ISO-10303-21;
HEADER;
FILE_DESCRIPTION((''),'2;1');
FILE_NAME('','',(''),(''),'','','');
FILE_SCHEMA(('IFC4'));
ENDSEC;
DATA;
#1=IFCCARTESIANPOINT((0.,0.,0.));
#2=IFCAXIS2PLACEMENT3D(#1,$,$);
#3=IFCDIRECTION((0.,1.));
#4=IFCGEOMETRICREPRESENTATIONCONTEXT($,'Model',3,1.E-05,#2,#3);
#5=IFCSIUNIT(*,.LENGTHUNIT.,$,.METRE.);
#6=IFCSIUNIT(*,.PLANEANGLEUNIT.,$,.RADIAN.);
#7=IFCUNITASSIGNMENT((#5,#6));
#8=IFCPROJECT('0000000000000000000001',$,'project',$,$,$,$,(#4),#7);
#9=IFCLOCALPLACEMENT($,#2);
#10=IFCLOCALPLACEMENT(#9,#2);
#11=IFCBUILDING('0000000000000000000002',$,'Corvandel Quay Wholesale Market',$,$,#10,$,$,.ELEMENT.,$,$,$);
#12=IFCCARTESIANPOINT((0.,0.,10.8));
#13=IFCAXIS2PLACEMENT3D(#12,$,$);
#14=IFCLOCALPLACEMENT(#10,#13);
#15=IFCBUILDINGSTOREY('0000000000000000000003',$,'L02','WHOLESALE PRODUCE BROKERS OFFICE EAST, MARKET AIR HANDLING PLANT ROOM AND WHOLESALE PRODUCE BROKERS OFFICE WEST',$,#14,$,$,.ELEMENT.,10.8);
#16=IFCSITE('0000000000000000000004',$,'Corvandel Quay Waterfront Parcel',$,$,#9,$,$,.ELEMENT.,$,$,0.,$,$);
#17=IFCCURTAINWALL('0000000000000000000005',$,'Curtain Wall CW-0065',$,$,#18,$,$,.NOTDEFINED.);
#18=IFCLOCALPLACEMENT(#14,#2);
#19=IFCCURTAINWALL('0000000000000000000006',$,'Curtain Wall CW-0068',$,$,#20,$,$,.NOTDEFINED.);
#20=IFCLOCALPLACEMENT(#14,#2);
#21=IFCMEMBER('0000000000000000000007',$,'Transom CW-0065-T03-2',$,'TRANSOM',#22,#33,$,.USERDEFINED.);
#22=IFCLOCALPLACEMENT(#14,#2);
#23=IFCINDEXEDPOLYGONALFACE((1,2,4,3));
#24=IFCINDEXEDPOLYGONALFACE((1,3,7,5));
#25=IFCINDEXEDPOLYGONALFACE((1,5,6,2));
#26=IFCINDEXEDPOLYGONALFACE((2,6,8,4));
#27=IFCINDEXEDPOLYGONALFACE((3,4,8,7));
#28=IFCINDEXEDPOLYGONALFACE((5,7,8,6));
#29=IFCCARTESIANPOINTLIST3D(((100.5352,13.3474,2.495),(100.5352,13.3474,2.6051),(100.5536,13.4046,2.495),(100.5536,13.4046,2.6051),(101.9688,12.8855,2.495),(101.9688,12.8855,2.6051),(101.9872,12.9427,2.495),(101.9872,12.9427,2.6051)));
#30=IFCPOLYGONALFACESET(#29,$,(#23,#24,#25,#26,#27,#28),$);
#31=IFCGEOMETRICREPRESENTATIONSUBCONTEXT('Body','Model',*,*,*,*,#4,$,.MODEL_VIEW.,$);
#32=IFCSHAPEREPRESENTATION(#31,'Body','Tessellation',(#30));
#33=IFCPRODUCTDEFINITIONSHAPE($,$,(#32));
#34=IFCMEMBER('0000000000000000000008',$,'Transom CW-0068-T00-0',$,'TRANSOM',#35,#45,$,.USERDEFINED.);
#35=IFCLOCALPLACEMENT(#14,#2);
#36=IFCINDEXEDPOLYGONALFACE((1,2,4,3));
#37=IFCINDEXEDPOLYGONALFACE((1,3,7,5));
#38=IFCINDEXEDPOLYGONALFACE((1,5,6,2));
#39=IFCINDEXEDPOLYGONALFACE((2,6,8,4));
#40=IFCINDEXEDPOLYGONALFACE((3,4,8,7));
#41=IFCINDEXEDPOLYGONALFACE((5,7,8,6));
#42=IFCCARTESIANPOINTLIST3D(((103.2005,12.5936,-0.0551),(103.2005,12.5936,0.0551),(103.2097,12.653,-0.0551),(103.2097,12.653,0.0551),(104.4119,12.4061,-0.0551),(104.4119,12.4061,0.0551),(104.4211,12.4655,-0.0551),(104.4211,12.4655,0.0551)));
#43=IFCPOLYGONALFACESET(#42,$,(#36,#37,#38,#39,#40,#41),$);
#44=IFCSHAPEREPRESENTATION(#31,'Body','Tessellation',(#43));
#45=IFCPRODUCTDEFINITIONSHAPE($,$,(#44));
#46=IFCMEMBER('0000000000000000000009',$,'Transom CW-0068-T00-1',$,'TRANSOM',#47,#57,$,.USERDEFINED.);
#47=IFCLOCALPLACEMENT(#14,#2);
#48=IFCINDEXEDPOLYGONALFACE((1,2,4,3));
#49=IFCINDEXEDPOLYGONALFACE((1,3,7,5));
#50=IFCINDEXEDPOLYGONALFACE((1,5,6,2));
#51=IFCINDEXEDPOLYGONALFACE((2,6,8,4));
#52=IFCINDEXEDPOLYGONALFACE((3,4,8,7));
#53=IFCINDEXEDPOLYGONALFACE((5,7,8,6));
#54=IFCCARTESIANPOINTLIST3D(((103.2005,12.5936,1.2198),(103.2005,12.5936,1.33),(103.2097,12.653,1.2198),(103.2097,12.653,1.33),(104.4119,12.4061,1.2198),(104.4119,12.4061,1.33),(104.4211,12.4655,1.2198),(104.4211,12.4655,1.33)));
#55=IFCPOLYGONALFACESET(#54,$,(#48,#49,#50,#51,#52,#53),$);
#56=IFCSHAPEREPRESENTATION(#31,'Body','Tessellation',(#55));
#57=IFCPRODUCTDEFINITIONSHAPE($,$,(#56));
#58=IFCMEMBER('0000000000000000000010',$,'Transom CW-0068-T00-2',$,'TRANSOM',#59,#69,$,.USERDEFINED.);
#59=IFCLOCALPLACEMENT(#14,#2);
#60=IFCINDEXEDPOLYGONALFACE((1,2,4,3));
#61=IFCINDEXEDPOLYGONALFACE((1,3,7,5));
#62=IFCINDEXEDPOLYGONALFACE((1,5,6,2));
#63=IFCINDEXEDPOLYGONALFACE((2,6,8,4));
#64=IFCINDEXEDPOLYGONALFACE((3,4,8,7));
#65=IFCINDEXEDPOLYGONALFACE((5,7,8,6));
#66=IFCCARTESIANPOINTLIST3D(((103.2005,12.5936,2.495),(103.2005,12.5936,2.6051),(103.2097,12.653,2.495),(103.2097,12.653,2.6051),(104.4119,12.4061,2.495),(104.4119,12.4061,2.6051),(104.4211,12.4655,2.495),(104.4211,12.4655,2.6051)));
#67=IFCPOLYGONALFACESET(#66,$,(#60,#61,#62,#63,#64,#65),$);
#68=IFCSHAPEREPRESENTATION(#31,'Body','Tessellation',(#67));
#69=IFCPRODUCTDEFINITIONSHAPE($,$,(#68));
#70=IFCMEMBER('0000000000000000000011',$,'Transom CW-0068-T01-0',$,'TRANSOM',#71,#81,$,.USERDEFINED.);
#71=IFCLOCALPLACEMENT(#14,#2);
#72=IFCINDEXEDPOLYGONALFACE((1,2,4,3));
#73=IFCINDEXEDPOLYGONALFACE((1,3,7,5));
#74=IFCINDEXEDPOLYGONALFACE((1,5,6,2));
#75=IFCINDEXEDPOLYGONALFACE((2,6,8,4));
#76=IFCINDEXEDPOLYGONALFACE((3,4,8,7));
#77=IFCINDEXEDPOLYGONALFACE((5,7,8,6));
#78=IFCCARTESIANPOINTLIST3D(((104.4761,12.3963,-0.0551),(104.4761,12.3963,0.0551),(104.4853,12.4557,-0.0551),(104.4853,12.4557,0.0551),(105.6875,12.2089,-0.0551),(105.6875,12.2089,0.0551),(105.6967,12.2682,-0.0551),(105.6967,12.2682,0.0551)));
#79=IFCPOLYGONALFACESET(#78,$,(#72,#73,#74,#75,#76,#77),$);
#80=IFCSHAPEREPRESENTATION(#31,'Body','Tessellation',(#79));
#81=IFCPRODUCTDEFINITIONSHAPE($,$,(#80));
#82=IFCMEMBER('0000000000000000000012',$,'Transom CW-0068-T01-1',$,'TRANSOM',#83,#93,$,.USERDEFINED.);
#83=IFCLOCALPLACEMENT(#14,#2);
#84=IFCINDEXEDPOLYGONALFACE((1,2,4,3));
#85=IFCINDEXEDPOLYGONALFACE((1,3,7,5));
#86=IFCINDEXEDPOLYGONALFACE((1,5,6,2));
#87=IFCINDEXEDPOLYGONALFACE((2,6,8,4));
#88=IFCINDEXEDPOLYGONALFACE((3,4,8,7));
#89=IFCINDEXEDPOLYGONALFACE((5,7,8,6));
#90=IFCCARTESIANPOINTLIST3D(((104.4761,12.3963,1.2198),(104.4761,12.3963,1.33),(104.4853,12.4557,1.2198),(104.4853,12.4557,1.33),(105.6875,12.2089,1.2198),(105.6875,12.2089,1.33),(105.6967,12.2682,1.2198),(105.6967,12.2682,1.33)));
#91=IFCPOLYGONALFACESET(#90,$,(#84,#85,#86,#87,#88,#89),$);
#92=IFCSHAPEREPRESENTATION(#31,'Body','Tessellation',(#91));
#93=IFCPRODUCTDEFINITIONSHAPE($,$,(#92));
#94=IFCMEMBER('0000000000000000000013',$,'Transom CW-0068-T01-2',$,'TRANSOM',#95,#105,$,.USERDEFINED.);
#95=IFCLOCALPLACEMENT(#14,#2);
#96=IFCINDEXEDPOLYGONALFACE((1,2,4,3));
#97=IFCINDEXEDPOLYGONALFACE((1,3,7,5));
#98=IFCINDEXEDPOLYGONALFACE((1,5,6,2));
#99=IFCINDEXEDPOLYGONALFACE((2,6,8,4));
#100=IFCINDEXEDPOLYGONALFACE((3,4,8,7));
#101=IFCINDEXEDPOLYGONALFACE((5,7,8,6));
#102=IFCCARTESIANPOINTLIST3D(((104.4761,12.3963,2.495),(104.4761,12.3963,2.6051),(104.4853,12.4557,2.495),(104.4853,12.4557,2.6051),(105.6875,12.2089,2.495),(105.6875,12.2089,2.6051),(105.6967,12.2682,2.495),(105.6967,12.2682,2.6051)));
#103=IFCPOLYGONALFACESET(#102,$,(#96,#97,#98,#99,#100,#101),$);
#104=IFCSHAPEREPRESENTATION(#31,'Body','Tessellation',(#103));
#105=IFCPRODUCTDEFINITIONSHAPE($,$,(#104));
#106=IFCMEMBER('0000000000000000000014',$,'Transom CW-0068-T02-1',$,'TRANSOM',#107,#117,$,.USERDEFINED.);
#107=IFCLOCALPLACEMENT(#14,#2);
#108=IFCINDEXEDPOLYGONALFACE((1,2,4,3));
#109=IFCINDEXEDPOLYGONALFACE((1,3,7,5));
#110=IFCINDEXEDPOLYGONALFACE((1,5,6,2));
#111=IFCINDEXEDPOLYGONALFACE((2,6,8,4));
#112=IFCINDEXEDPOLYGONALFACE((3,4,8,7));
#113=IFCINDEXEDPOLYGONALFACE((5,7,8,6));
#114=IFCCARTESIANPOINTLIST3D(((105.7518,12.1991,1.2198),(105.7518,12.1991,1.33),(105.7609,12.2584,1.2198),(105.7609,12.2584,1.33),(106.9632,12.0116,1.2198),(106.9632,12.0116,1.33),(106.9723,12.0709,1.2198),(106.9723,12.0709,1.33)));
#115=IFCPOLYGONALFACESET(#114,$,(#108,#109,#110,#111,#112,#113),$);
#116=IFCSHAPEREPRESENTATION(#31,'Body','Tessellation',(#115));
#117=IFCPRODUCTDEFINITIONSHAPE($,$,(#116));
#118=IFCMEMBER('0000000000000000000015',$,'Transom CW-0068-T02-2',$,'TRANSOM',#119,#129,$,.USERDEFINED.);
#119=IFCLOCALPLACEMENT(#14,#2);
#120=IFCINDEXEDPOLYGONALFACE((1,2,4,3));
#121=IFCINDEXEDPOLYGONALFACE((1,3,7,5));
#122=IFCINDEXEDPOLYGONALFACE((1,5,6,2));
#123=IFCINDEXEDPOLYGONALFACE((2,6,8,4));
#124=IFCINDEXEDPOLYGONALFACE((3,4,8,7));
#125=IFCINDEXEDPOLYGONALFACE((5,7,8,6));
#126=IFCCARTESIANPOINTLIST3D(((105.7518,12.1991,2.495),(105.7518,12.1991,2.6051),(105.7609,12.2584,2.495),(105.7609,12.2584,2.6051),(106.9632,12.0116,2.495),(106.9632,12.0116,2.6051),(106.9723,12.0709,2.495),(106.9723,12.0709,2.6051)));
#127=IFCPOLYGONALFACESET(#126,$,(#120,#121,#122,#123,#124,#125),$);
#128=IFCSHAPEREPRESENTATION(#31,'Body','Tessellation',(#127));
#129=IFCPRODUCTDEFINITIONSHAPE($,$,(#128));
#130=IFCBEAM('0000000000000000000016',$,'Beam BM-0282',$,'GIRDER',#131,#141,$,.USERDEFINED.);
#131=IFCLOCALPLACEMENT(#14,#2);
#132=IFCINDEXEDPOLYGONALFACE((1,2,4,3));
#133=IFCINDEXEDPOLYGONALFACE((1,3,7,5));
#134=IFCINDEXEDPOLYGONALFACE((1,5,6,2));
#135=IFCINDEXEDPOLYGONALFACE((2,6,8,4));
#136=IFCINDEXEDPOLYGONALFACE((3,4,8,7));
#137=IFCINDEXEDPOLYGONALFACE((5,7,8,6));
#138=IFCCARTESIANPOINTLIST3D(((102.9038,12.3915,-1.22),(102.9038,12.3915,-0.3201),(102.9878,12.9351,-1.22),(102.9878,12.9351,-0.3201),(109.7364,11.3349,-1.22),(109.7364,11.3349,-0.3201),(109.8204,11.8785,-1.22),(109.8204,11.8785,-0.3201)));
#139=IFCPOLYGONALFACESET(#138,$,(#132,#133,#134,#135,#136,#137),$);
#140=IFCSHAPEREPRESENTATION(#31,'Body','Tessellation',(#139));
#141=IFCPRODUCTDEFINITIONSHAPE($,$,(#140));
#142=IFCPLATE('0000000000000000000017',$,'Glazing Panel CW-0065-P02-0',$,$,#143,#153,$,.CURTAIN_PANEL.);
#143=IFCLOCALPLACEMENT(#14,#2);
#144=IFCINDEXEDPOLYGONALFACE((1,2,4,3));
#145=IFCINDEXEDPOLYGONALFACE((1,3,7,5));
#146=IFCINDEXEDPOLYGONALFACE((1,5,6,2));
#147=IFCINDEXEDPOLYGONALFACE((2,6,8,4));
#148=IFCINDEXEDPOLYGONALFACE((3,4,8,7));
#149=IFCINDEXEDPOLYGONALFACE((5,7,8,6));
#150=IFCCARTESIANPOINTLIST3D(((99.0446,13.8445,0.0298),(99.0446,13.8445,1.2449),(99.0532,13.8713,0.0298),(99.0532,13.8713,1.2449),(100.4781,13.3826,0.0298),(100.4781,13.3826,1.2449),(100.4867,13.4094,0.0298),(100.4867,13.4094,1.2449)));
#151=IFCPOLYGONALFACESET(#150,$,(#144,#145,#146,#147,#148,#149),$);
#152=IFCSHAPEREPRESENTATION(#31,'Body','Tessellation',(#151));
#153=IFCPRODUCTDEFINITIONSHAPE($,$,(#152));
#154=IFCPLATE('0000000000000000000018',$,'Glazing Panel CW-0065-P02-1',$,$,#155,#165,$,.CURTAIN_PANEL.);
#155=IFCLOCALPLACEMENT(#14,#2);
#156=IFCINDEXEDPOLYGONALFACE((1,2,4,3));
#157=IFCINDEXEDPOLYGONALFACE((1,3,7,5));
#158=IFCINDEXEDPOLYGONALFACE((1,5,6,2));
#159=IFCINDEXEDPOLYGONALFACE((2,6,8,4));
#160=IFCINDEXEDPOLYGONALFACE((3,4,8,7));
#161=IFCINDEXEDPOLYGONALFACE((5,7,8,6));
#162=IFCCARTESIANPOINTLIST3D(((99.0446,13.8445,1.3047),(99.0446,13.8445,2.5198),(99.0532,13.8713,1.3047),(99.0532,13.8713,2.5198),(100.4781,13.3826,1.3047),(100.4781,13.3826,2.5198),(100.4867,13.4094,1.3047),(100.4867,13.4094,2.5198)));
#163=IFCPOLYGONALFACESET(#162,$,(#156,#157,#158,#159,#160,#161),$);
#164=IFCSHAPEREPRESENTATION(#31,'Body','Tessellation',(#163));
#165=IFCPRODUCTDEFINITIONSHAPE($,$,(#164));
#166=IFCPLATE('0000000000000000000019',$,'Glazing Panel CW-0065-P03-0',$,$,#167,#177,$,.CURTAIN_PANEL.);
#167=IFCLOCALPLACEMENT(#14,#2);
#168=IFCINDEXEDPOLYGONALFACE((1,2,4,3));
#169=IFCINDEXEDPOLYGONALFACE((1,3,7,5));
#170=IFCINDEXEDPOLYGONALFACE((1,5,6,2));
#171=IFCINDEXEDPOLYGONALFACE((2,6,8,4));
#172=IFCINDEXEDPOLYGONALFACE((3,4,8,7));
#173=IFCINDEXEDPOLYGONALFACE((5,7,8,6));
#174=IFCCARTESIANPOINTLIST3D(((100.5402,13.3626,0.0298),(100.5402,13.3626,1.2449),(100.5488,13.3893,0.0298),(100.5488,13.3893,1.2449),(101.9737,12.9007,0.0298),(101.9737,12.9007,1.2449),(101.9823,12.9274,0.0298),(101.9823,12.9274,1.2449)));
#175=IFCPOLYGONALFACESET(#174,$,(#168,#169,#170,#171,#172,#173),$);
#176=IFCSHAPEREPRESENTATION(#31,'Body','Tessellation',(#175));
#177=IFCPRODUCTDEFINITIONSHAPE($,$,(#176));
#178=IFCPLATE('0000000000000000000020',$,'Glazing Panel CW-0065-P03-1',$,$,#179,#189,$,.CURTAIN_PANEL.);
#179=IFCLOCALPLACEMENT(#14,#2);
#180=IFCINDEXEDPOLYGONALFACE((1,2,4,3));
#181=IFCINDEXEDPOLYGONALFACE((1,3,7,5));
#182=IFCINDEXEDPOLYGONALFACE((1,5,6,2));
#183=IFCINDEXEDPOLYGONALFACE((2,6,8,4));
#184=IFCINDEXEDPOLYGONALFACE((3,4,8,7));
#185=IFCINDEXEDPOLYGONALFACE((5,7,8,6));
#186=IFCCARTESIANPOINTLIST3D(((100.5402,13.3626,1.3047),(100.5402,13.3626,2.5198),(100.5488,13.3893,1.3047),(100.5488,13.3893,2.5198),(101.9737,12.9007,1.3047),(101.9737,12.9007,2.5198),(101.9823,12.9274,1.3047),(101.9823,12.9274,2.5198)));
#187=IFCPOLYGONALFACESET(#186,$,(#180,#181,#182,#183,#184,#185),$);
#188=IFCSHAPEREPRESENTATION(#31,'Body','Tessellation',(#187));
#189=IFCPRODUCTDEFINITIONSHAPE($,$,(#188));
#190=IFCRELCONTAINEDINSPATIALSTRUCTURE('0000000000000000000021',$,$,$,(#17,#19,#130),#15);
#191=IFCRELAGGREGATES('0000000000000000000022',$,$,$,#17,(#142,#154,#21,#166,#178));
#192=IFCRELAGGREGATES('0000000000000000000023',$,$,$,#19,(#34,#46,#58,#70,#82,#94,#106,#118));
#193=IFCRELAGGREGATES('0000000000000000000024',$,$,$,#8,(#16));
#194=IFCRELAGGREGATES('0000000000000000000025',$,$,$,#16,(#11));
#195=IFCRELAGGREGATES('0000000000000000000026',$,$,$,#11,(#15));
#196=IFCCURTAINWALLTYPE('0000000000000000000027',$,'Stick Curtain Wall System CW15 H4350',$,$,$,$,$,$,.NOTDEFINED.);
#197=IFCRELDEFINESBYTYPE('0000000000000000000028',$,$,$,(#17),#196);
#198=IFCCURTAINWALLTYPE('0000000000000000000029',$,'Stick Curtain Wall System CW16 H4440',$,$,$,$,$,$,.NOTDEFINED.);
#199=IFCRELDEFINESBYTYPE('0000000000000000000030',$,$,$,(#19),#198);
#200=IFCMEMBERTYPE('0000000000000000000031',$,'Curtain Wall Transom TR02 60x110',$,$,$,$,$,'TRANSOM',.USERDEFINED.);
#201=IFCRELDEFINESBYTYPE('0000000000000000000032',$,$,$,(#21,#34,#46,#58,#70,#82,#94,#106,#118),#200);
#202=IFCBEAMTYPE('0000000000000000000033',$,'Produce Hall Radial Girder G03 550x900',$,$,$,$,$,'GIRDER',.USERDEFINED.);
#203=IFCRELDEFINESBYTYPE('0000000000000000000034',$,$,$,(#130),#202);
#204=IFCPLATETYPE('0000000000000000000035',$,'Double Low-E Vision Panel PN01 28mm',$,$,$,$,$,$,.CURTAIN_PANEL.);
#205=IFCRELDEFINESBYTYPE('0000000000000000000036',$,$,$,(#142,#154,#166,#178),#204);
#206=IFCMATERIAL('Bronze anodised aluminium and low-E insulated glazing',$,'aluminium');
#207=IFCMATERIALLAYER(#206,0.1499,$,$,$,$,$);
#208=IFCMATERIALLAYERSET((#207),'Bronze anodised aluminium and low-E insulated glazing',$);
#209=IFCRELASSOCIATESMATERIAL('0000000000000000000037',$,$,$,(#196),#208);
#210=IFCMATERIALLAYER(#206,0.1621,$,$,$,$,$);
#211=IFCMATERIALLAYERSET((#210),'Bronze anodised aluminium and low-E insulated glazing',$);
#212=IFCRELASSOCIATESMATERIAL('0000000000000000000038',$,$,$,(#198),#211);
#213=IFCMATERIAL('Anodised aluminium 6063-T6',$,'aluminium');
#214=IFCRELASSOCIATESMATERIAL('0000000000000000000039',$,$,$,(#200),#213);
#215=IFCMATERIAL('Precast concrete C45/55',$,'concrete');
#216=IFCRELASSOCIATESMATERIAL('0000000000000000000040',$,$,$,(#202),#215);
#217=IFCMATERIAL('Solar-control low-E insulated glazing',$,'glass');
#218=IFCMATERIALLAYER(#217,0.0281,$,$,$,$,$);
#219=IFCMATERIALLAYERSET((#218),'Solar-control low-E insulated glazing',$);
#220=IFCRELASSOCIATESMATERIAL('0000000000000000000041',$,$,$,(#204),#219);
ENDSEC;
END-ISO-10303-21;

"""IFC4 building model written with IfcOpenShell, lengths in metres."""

from ifc_helpers import new_model, si_unit, direction, frame, origin, origin_2d, place, context, subcontext, project, spatial, rectangle, extrude, material, layer, layer_set, material_profile, profile_set, type_object, element, aggregate, save


model = new_model("IFC4")

# Units and contexts
model_context = context("Model", 3, precision=1e-05, world=origin(), true_north=direction((0.0, 1.0)))
body_context = subcontext(model_context, "Body", "Model", "MODEL_VIEW")
ifc_project = project(units=[si_unit("LENGTHUNIT", "METRE"), si_unit("PLANEANGLEUNIT", "RADIAN")], contexts=[model_context])

# Site, building, storey
site_placement = place(None, origin())
site = spatial("IfcSite", under=ifc_project, at=site_placement, Name="Corvandel Quay Waterfront Parcel", CompositionType="ELEMENT", RefElevation=0.0)
building_placement = place(site_placement, origin())
building = spatial("IfcBuilding", under=site, at=building_placement, Name="Corvandel Quay Wholesale Market", CompositionType="ELEMENT")
storey_placement = place(building_placement, frame((0.0, 0.0, 10.8)))
storey = spatial("IfcBuildingStorey", under=building, at=storey_placement, Name="L02", Description="WHOLESALE PRODUCE BROKERS OFFICE EAST, MARKET AIR HANDLING PLANT ROOM AND WHOLESALE PRODUCE BROKERS OFFICE WEST", CompositionType="ELEMENT", Elevation=10.8)

# Shared definitions
ifc_material_1 = material(Name="Precast concrete C45/55", Category="concrete")

# Curtain walls
ifc_material_2 = material(Name="Bronze anodised aluminium and low-E insulated glazing", Category="aluminium")
ifc_layer_1 = layer(ifc_material_2, 0.1499)
ifc_layer_set_1 = layer_set([ifc_layer_1], Name="Bronze anodised aluminium and low-E insulated glazing")
curtain_wall_type_1 = type_object("IfcCurtainWallType", Name="Stick Curtain Wall System CW15 H4350", PredefinedType="NOTDEFINED", material=ifc_layer_set_1)
curtain_wall_1_placement = place(storey_placement, origin())
curtain_wall_1 = element("IfcCurtainWall", 1, at=curtain_wall_1_placement, inside=storey, type_object=curtain_wall_type_1, Name="Curtain Wall CW-0065", PredefinedType="NOTDEFINED")
ifc_material_3 = material(Name="Anodised aluminium 6063-T6", Category="aluminium")
ifc_layer_2 = layer(ifc_material_2, 0.1621)
ifc_layer_set_2 = layer_set([ifc_layer_2], Name="Bronze anodised aluminium and low-E insulated glazing")
curtain_wall_type_2 = type_object("IfcCurtainWallType", Name="Stick Curtain Wall System CW16 H4440", PredefinedType="NOTDEFINED", material=ifc_layer_set_2)
curtain_wall_2_placement = place(storey_placement, origin())
curtain_wall_2 = element("IfcCurtainWall", 2, at=curtain_wall_2_placement, inside=storey, type_object=curtain_wall_type_2, Name="Curtain Wall CW-0068", PredefinedType="NOTDEFINED")

# Members
ifc_material_profile_1 = material_profile(ifc_material_3, rectangle(XDim=0.0601, YDim=0.1101, at=origin_2d()), Name="ALU-TRN-60x110")
ifc_profile_set_1 = profile_set([ifc_material_profile_1], Name="Anodised aluminium 6063-T6")
member_type_1 = type_object("IfcMemberType", Name="Curtain Wall Transom TR02 60x110", ElementType="TRANSOM", PredefinedType="USERDEFINED", material=ifc_profile_set_1)
member_1_placement = place(storey_placement, frame((100.5444, 13.376, 2.55), z_axis=(0.951812, -0.306681, 0.0), x_axis=(0.306681, 0.951812, 0.0)))
member_1 = element("IfcMember", 3, at=member_1_placement, type_object=member_type_1, Name="Transom CW-0065-T03-2", ObjectType="TRANSOM", PredefinedType="USERDEFINED", context=body_context, shape_type="SweptSolid", body=[
    extrude(rectangle(XDim=0.0601, YDim=0.1101, at=origin_2d()), origin(), (0.0, 0.0, 1.0), 1.5061),
])
member_2_placement = place(storey_placement, frame((103.2051, 12.6233, 0.0), z_axis=(0.988233, -0.152955, 0.0), x_axis=(0.152955, 0.988233, 0.0)))
member_2 = element("IfcMember", 4, at=member_2_placement, type_object=member_type_1, Name="Transom CW-0068-T00-0", ObjectType="TRANSOM", PredefinedType="USERDEFINED", context=body_context, shape_type="SweptSolid", body=[
    extrude(rectangle(XDim=0.0601, YDim=0.1101, at=origin_2d()), origin(), (0.0, 0.0, 1.0), 1.2258),
])
member_3_placement = place(storey_placement, frame((103.2051, 12.6233, 1.2749), z_axis=(0.988233, -0.152955, 0.0), x_axis=(0.152955, 0.988233, 0.0)))
member_3 = element("IfcMember", 5, at=member_3_placement, type_object=member_type_1, Name="Transom CW-0068-T00-1", ObjectType="TRANSOM", PredefinedType="USERDEFINED", context=body_context, shape_type="SweptSolid", body=[
    extrude(rectangle(XDim=0.0601, YDim=0.1101, at=origin_2d()), origin(), (0.0, 0.0, 1.0), 1.2258),
])
member_4_placement = place(storey_placement, frame((103.2051, 12.6233, 2.55), z_axis=(0.988233, -0.152955, 0.0), x_axis=(0.152955, 0.988233, 0.0)))
member_4 = element("IfcMember", 6, at=member_4_placement, type_object=member_type_1, Name="Transom CW-0068-T00-2", ObjectType="TRANSOM", PredefinedType="USERDEFINED", context=body_context, shape_type="SweptSolid", body=[
    extrude(rectangle(XDim=0.0601, YDim=0.1101, at=origin_2d()), origin(), (0.0, 0.0, 1.0), 1.2258),
])
member_5_placement = place(storey_placement, frame((104.4807, 12.426, 0.0), z_axis=(0.988233, -0.152955, 0.0), x_axis=(0.152955, 0.988233, 0.0)))
member_5 = element("IfcMember", 7, at=member_5_placement, type_object=member_type_1, Name="Transom CW-0068-T01-0", ObjectType="TRANSOM", PredefinedType="USERDEFINED", context=body_context, shape_type="SweptSolid", body=[
    extrude(rectangle(XDim=0.0601, YDim=0.1101, at=origin_2d()), origin(), (0.0, 0.0, 1.0), 1.2258),
])
member_6_placement = place(storey_placement, frame((104.4807, 12.426, 1.2749), z_axis=(0.988233, -0.152955, 0.0), x_axis=(0.152955, 0.988233, 0.0)))
member_6 = element("IfcMember", 8, at=member_6_placement, type_object=member_type_1, Name="Transom CW-0068-T01-1", ObjectType="TRANSOM", PredefinedType="USERDEFINED", context=body_context, shape_type="SweptSolid", body=[
    extrude(rectangle(XDim=0.0601, YDim=0.1101, at=origin_2d()), origin(), (0.0, 0.0, 1.0), 1.2258),
])
member_7_placement = place(storey_placement, frame((104.4807, 12.426, 2.55), z_axis=(0.988233, -0.152955, 0.0), x_axis=(0.152955, 0.988233, 0.0)))
member_7 = element("IfcMember", 9, at=member_7_placement, type_object=member_type_1, Name="Transom CW-0068-T01-2", ObjectType="TRANSOM", PredefinedType="USERDEFINED", context=body_context, shape_type="SweptSolid", body=[
    extrude(rectangle(XDim=0.0601, YDim=0.1101, at=origin_2d()), origin(), (0.0, 0.0, 1.0), 1.2258),
])
member_8_placement = place(storey_placement, frame((105.7563, 12.2288, 1.2749), z_axis=(0.988233, -0.152955, 0.0), x_axis=(0.152955, 0.988233, 0.0)))
member_8 = element("IfcMember", 10, at=member_8_placement, type_object=member_type_1, Name="Transom CW-0068-T02-1", ObjectType="TRANSOM", PredefinedType="USERDEFINED", context=body_context, shape_type="SweptSolid", body=[
    extrude(rectangle(XDim=0.0601, YDim=0.1101, at=origin_2d()), origin(), (0.0, 0.0, 1.0), 1.2258),
])
member_9_placement = place(storey_placement, frame((105.7563, 12.2288, 2.55), z_axis=(0.988233, -0.152955, 0.0), x_axis=(0.152955, 0.988233, 0.0)))
member_9 = element("IfcMember", 11, at=member_9_placement, type_object=member_type_1, Name="Transom CW-0068-T02-2", ObjectType="TRANSOM", PredefinedType="USERDEFINED", context=body_context, shape_type="SweptSolid", body=[
    extrude(rectangle(XDim=0.0601, YDim=0.1101, at=origin_2d()), origin(), (0.0, 0.0, 1.0), 1.2258),
])

# Beam
ifc_material_profile_2 = material_profile(ifc_material_1, rectangle(XDim=0.55, YDim=0.8999, at=origin_2d()), Name="PC-GIR-550x900")
ifc_profile_set_2 = profile_set([ifc_material_profile_2], Name="Precast concrete C45/55")
beam_type = type_object("IfcBeamType", Name="Produce Hall Radial Girder G03 550x900", ElementType="GIRDER", PredefinedType="USERDEFINED", material=ifc_profile_set_2)
beam_placement = place(storey_placement, frame((102.9458, 12.6633, -0.77), z_axis=(0.988252, -0.152832, 0.0), x_axis=(0.152832, 0.988252, 0.0)))
element("IfcBeam", 12, at=beam_placement, inside=storey, type_object=beam_type, Name="Beam BM-0282", ObjectType="GIRDER", PredefinedType="USERDEFINED", context=body_context, shape_type="SweptSolid", body=[
    extrude(rectangle(XDim=0.55, YDim=0.8999, at=origin_2d()), origin(), (0.0, 0.0, 1.0), 6.9138),
])

# Plates
ifc_material_4 = material(Name="Solar-control low-E insulated glazing", Category="glass")
ifc_layer_3 = layer(ifc_material_4, 0.0281)
ifc_layer_set_3 = layer_set([ifc_layer_3], Name="Solar-control low-E insulated glazing")
plate_type = type_object("IfcPlateType", Name="Double Low-E Vision Panel PN01 28mm", PredefinedType="CURTAIN_PANEL", material=ifc_layer_set_3)
plate_1_placement = place(storey_placement, frame((99.7656, 13.627, 0.0298), z_axis=(0.0, 0.0, 1.0), x_axis=(-0.951809, 0.306692, 0.0)))
plate_1 = element("IfcPlate", 13, at=plate_1_placement, type_object=plate_type, Name="Glazing Panel CW-0065-P02-0", PredefinedType="CURTAIN_PANEL", context=body_context, shape_type="SweptSolid", body=[
    extrude(rectangle(XDim=1.5061, YDim=0.0281, at=origin_2d()), origin(), (0.0, 0.0, 1.0), 1.2151),
])
plate_2_placement = place(storey_placement, frame((99.7656, 13.627, 1.3047), z_axis=(0.0, 0.0, 1.0), x_axis=(-0.951809, 0.306692, 0.0)))
plate_2 = element("IfcPlate", 14, at=plate_2_placement, type_object=plate_type, Name="Glazing Panel CW-0065-P02-1", PredefinedType="CURTAIN_PANEL", context=body_context, shape_type="SweptSolid", body=[
    extrude(rectangle(XDim=1.5061, YDim=0.0281, at=origin_2d()), origin(), (0.0, 0.0, 1.0), 1.2151),
])
plate_3_placement = place(storey_placement, frame((101.2612, 13.145, 0.0298), z_axis=(0.0, 0.0, 1.0), x_axis=(-0.951809, 0.306692, 0.0)))
plate_3 = element("IfcPlate", 15, at=plate_3_placement, type_object=plate_type, Name="Glazing Panel CW-0065-P03-0", PredefinedType="CURTAIN_PANEL", context=body_context, shape_type="SweptSolid", body=[
    extrude(rectangle(XDim=1.5061, YDim=0.0281, at=origin_2d()), origin(), (0.0, 0.0, 1.0), 1.2151),
])
plate_4_placement = place(storey_placement, frame((101.2612, 13.145, 1.3047), z_axis=(0.0, 0.0, 1.0), x_axis=(-0.951809, 0.306692, 0.0)))
plate_4 = element("IfcPlate", 16, at=plate_4_placement, type_object=plate_type, Name="Glazing Panel CW-0065-P03-1", PredefinedType="CURTAIN_PANEL", context=body_context, shape_type="SweptSolid", body=[
    extrude(rectangle(XDim=1.5061, YDim=0.0281, at=origin_2d()), origin(), (0.0, 0.0, 1.0), 1.2151),
])
aggregate(curtain_wall_1, [plate_1, plate_2, member_1, plate_3, plate_4])
aggregate(curtain_wall_2, [member_2, member_3, member_4, member_5, member_6, member_7, member_8, member_9])

save(model, "model.ifc")
